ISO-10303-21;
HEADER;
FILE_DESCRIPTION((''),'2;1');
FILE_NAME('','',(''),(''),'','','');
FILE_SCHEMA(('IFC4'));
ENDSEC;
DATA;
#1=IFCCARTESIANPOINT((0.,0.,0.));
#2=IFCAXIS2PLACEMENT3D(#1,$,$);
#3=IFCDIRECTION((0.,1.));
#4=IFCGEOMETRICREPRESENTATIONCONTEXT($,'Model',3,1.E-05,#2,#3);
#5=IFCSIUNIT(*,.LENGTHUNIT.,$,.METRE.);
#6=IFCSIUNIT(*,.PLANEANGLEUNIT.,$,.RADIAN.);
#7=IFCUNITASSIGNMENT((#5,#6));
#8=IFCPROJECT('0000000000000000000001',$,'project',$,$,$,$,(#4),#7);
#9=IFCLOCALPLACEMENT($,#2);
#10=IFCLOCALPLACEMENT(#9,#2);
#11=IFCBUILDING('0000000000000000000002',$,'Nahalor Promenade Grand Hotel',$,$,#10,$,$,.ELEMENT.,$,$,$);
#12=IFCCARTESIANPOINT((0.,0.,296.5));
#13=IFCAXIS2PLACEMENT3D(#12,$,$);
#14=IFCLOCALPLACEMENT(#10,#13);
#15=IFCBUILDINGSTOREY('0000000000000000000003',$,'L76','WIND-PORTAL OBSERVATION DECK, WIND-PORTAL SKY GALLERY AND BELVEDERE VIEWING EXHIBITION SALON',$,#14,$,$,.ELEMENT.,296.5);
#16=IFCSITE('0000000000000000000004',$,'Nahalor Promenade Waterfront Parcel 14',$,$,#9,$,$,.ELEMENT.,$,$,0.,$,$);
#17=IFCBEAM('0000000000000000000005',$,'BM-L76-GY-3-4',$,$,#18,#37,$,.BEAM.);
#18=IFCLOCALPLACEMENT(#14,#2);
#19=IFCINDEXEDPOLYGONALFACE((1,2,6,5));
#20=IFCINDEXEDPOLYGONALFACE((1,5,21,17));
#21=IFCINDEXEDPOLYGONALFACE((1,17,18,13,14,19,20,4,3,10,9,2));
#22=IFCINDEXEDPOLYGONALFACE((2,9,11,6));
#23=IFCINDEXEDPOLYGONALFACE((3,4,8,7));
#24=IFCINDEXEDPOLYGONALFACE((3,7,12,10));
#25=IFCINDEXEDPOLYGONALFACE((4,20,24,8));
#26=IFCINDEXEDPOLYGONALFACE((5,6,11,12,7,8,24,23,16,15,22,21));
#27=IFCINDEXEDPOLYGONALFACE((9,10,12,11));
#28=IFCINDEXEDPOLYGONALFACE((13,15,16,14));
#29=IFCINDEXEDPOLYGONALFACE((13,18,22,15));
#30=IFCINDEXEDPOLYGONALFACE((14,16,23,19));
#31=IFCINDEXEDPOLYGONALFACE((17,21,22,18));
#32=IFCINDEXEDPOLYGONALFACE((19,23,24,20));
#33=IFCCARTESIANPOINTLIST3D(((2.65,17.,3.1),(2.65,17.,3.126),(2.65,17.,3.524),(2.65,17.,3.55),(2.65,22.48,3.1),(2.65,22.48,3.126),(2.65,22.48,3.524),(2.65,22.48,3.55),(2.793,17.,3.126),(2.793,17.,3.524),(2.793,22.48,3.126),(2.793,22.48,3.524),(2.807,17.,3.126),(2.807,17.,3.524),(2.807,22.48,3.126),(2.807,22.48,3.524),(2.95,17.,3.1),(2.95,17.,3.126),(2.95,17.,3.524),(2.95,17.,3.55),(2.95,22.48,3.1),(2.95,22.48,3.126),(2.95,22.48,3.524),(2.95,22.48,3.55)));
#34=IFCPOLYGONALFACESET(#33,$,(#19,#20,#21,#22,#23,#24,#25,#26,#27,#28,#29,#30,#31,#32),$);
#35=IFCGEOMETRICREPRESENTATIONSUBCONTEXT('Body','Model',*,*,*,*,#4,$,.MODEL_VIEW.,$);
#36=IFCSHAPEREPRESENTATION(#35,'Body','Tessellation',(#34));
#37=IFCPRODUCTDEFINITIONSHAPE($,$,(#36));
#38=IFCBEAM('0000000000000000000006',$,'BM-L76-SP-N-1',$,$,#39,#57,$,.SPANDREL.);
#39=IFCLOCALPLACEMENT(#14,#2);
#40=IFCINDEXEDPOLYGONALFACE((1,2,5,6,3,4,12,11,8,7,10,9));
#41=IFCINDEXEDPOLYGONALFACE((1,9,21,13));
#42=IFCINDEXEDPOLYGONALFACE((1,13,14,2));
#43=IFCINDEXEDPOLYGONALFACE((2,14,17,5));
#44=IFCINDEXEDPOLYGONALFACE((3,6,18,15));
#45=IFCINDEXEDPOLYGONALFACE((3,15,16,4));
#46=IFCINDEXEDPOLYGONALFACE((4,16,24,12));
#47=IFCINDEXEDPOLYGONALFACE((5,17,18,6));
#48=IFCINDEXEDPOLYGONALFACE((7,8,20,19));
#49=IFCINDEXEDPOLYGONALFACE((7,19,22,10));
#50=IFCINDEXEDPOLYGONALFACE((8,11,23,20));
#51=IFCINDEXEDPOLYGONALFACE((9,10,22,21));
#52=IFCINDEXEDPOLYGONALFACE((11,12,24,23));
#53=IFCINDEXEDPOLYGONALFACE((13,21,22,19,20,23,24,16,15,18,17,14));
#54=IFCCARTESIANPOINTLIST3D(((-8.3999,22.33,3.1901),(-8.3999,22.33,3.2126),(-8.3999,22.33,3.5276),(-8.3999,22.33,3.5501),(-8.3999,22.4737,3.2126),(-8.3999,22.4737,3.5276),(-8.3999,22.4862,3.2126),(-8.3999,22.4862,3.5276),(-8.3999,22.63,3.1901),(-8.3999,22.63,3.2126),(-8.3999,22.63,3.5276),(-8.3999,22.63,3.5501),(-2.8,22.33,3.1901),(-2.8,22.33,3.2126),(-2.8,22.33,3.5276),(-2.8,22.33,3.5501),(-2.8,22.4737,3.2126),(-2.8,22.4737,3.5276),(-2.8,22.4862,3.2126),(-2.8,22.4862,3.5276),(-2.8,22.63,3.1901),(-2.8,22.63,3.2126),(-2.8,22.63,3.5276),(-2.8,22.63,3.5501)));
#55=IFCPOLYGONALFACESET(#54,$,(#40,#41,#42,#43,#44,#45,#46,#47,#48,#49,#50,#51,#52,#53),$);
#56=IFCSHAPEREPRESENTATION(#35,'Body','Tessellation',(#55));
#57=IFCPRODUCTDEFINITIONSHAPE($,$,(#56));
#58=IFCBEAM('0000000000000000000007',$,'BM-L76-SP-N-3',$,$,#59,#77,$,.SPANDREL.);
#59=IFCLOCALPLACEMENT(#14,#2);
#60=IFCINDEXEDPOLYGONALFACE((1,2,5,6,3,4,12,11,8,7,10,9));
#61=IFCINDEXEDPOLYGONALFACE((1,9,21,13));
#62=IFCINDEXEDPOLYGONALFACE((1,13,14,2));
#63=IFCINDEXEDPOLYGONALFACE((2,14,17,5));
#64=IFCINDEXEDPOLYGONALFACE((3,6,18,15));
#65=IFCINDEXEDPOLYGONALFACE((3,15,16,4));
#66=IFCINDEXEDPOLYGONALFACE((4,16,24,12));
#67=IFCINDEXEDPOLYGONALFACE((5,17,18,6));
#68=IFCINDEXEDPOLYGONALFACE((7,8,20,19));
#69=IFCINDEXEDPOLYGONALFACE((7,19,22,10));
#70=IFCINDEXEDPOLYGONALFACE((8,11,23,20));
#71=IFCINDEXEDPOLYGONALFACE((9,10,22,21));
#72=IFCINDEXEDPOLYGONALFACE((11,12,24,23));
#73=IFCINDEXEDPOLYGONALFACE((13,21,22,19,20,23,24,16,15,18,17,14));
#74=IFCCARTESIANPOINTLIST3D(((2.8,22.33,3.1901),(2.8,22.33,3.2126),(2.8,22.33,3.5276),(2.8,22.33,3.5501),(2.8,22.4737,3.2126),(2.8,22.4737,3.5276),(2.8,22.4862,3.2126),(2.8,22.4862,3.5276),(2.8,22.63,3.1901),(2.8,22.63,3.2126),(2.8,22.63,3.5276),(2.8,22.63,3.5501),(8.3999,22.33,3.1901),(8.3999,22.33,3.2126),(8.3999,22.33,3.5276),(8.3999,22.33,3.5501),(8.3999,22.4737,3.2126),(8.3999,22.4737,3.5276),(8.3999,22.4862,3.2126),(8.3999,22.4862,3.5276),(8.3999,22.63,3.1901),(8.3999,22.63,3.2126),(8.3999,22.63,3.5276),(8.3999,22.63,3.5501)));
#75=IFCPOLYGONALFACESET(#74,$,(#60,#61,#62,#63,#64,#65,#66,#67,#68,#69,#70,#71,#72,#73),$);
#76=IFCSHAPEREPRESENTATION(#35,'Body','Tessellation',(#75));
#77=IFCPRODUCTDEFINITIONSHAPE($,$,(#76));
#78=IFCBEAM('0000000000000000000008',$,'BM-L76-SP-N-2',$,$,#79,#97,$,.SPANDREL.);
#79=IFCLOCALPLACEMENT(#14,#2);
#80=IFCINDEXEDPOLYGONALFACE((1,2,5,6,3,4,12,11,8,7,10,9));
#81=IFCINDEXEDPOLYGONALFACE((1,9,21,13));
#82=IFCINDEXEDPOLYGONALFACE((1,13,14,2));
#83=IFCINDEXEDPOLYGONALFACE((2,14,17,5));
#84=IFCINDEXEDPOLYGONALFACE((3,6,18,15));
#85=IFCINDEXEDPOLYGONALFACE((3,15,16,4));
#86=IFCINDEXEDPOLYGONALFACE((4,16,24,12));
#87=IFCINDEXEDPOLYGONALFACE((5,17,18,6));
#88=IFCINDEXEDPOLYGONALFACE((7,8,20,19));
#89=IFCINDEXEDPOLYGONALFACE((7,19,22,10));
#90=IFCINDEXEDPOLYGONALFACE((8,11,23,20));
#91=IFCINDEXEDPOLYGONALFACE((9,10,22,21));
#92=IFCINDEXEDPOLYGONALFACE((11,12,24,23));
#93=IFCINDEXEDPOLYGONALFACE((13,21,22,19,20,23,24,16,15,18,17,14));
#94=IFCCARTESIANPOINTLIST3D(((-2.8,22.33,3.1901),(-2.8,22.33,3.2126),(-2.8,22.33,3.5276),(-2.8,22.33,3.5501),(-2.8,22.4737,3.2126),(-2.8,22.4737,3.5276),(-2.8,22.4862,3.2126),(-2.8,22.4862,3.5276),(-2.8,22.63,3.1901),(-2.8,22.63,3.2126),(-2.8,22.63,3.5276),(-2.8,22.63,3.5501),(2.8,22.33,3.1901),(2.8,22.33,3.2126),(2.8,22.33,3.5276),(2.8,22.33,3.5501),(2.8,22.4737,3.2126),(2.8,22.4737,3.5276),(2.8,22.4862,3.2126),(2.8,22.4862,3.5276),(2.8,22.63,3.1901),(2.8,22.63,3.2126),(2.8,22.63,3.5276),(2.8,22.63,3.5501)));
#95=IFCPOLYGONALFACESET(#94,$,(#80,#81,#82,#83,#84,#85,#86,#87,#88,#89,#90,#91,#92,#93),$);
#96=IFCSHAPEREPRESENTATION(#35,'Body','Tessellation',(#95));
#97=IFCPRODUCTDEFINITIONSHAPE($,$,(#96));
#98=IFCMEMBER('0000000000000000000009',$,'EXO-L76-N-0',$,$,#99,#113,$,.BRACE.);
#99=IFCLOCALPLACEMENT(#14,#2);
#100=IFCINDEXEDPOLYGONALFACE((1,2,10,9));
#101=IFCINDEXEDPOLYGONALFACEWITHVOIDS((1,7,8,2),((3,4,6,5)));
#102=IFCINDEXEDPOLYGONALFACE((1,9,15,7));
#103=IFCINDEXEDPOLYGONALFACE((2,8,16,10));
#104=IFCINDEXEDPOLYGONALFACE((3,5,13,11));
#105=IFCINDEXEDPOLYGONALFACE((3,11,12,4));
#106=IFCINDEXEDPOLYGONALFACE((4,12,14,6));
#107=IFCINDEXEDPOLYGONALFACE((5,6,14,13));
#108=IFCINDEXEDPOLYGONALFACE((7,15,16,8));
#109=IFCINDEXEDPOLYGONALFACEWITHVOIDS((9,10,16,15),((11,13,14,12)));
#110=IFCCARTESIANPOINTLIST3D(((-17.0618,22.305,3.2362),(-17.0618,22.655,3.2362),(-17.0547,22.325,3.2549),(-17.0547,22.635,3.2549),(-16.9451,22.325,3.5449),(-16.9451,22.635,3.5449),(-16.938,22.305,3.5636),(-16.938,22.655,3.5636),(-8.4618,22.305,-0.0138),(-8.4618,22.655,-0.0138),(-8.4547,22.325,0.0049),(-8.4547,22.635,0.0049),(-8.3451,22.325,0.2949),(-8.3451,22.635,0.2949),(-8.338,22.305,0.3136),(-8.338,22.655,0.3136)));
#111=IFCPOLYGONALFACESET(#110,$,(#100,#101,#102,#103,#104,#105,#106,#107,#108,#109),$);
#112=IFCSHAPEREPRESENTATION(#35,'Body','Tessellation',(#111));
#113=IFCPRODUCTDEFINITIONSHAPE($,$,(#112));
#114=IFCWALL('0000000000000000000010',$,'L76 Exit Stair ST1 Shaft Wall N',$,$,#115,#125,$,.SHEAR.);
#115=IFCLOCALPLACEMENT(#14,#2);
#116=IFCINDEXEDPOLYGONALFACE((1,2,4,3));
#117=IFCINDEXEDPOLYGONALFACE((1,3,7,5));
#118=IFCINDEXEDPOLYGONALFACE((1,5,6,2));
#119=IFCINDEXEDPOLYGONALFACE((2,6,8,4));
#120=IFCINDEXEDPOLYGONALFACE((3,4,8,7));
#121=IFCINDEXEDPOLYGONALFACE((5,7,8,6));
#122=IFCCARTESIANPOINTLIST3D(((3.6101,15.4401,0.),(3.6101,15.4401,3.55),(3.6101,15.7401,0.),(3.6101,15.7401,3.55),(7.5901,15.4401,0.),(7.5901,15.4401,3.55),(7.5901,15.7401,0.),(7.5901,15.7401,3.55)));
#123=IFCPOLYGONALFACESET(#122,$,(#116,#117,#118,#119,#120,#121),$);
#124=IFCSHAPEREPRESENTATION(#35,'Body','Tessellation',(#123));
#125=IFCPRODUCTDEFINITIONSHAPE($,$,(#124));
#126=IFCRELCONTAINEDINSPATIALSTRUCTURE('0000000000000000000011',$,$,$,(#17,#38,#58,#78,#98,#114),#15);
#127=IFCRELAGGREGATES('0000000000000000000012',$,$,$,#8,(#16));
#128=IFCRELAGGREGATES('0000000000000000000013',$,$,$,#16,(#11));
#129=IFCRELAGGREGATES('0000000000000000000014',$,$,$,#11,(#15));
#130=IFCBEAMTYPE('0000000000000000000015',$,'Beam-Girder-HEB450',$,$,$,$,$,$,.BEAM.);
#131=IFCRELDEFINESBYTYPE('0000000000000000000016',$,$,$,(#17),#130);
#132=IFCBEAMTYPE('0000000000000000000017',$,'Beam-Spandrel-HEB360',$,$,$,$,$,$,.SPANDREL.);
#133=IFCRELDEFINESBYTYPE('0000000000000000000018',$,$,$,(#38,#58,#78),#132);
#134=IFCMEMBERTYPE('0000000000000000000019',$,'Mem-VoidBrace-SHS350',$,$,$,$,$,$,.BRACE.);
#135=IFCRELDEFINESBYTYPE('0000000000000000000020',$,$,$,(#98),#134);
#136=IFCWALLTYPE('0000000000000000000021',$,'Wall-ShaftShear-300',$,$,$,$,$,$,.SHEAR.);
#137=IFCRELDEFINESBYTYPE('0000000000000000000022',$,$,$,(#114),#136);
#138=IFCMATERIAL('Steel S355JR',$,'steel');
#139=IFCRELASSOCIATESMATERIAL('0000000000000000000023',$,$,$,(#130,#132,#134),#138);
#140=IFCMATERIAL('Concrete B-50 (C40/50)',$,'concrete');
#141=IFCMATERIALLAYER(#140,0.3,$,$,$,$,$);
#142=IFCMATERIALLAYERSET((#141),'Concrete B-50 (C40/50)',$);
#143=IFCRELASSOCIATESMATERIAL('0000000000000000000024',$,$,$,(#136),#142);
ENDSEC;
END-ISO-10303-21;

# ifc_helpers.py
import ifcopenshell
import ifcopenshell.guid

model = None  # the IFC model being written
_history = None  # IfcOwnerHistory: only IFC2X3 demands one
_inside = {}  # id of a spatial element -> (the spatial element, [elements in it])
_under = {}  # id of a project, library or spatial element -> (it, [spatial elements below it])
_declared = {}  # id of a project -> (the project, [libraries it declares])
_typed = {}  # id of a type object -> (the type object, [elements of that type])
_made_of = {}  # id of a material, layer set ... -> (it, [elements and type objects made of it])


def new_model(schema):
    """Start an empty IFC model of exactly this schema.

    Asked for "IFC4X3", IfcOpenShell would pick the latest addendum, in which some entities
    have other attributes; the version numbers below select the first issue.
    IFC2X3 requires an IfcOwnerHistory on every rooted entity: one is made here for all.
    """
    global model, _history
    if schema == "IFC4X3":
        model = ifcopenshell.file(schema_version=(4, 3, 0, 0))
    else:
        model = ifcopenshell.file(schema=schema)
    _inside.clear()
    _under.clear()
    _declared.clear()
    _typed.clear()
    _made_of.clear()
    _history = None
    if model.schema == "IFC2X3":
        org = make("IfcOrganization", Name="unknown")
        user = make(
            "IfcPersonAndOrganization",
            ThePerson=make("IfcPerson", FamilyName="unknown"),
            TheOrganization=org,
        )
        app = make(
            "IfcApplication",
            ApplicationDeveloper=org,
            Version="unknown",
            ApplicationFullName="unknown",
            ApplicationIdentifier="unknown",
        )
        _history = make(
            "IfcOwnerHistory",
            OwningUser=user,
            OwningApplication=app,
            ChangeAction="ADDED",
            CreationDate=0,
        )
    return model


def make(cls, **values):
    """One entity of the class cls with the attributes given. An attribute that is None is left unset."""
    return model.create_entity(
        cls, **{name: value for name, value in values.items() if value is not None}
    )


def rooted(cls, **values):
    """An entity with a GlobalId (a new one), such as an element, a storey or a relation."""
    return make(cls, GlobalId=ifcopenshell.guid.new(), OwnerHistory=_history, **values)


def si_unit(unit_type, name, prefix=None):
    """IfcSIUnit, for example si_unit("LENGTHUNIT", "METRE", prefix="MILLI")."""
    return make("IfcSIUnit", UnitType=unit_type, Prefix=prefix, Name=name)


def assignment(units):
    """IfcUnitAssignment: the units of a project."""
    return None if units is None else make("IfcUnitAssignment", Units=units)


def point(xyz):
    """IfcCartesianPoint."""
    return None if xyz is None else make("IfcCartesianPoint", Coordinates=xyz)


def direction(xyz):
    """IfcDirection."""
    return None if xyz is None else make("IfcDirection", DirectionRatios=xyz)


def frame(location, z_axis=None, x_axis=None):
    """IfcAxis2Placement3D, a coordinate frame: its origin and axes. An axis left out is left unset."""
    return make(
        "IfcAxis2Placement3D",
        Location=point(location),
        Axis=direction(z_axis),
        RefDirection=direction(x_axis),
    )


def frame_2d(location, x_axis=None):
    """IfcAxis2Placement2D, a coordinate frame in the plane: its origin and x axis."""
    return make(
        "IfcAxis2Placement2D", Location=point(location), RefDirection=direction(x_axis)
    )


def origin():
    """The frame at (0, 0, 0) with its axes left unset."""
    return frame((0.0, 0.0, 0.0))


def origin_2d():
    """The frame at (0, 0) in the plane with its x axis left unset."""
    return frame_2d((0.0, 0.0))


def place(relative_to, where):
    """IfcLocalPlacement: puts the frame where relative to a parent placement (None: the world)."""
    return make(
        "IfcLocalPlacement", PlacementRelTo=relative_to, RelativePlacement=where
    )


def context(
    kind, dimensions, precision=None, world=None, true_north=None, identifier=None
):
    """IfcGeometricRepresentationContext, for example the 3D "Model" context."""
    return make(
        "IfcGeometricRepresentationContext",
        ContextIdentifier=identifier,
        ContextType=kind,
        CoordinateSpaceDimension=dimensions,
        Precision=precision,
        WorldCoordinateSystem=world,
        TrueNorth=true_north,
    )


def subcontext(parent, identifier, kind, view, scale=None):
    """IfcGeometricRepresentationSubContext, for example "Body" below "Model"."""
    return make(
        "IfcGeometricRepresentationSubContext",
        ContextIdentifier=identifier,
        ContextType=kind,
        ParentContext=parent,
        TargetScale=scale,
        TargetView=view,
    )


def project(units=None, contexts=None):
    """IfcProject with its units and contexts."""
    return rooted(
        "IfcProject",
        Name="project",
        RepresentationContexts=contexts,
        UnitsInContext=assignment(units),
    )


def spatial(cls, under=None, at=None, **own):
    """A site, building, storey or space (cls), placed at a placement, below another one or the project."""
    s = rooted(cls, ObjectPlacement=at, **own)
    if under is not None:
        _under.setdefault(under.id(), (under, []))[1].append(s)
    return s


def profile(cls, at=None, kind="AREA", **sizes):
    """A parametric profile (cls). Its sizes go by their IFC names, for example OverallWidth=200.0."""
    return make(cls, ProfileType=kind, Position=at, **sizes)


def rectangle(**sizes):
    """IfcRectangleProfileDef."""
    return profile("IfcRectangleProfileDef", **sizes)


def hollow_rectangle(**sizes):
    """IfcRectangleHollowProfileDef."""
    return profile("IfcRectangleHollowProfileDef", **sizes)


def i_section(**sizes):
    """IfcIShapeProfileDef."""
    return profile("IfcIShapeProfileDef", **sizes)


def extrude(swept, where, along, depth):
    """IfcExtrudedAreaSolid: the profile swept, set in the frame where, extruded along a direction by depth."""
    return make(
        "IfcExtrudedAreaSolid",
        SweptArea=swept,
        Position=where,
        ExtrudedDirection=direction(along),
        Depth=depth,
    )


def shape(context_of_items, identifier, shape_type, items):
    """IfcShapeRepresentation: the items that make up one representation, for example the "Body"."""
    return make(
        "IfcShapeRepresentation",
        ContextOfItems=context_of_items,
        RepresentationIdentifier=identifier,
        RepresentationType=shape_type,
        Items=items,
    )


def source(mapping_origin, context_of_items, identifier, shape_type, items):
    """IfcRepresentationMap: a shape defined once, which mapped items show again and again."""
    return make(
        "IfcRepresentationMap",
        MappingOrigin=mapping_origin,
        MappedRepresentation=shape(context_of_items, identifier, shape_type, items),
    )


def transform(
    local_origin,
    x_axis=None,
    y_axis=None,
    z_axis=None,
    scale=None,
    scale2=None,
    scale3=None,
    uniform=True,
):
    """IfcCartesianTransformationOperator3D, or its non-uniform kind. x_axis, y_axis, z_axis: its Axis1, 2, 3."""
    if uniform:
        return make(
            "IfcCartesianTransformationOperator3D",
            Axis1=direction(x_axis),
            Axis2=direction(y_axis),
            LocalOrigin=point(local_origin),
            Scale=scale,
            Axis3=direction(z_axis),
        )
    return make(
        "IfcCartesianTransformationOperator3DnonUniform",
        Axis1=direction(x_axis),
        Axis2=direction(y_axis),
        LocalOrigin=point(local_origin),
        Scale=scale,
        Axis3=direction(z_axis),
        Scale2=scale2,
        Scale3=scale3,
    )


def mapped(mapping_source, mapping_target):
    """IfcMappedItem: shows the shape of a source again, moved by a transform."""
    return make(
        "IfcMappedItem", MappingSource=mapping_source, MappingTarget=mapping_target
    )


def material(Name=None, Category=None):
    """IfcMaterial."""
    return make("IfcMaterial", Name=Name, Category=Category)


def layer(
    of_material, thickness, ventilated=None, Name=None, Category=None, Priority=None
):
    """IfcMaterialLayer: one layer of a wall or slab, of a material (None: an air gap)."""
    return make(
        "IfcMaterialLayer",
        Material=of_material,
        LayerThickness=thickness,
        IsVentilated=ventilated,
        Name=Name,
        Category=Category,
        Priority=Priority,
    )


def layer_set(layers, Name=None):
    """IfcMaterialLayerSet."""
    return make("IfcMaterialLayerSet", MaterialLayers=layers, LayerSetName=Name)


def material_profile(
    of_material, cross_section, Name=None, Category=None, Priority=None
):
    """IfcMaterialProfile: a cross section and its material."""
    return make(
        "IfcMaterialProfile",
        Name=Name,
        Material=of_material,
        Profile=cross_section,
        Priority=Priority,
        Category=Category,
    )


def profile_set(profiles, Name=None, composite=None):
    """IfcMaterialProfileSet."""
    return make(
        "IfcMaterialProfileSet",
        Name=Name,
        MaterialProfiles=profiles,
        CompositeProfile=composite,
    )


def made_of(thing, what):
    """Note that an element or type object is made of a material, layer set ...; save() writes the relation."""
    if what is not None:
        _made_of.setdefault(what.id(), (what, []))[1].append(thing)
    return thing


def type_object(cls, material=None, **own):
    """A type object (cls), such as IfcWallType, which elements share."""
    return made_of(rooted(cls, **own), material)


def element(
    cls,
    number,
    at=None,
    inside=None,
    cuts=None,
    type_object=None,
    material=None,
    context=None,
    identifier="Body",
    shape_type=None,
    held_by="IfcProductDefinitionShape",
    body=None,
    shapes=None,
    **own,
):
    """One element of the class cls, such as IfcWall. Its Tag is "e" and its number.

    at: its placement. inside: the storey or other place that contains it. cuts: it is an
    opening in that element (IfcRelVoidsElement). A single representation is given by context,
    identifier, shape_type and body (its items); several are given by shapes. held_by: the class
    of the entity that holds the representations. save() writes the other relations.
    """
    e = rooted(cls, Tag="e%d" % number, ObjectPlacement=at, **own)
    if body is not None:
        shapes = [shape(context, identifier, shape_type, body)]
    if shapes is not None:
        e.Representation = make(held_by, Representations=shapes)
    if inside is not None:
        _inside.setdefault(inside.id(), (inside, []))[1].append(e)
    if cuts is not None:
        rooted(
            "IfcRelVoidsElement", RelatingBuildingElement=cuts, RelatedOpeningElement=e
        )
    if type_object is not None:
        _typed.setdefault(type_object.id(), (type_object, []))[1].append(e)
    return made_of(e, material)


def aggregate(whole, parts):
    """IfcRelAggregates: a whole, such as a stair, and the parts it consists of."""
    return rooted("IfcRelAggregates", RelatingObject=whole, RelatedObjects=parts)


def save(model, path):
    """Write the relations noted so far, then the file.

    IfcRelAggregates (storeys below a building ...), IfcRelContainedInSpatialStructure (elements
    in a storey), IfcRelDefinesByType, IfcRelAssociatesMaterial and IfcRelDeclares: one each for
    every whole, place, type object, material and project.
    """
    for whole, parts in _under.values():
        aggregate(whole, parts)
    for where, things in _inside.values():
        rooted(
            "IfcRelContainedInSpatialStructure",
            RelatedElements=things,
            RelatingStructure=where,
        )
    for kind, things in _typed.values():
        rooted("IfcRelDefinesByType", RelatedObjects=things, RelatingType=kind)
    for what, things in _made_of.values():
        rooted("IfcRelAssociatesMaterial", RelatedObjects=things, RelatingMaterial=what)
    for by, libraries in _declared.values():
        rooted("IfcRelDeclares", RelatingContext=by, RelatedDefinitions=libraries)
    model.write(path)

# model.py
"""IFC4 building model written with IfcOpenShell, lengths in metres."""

from ifc_helpers import new_model, si_unit, direction, frame, frame_2d, origin, origin_2d, place, context, subcontext, project, spatial, rectangle, hollow_rectangle, i_section, extrude, source, transform, mapped, material, layer, layer_set, material_profile, profile_set, type_object, element, save


model = new_model("IFC4")

# Units and contexts
model_context = context("Model", 3, precision=1e-05, world=origin(), true_north=direction((0.0, 1.0)))
body_context = subcontext(model_context, "Body", "Model", "MODEL_VIEW")
ifc_project = project(units=[si_unit("LENGTHUNIT", "METRE"), si_unit("PLANEANGLEUNIT", "RADIAN")], contexts=[model_context])

# Site, building, storey
site_placement = place(None, origin())
site = spatial("IfcSite", under=ifc_project, at=site_placement, Name="Nahalor Promenade Waterfront Parcel 14", CompositionType="ELEMENT", RefElevation=0.0)
building_placement = place(site_placement, origin())
building = spatial("IfcBuilding", under=site, at=building_placement, Name="Nahalor Promenade Grand Hotel", CompositionType="ELEMENT")
storey_placement = place(building_placement, frame((0.0, 0.0, 296.5)))
storey = spatial("IfcBuildingStorey", under=building, at=storey_placement, Name="L76", Description="WIND-PORTAL OBSERVATION DECK, WIND-PORTAL SKY GALLERY AND BELVEDERE VIEWING EXHIBITION SALON", CompositionType="ELEMENT", Elevation=296.5)

# Shared definitions
ifc_material_1 = material(Name="Concrete B-50 (C40/50)", Category="concrete")
ifc_material_2 = material(Name="Steel S355JR", Category="steel")

# Beams
ifc_material_profile_1 = material_profile(ifc_material_2, i_section(OverallWidth=0.3, OverallDepth=0.45, WebThickness=0.014, FlangeThickness=0.026, at=origin_2d()), Name="HEB 450")
ifc_profile_set_1 = profile_set([ifc_material_profile_1], Name="Steel S355JR")
beam_type_1 = type_object("IfcBeamType", Name="Beam-Girder-HEB450", PredefinedType="BEAM", material=ifc_profile_set_1)
shared_shape_1 = source(origin(), body_context, "Body", "SweptSolid", [
    extrude(i_section(OverallWidth=0.3, OverallDepth=0.45, WebThickness=0.014, FlangeThickness=0.026, at=origin_2d()), origin(), (0.0, 0.0, 1.0), 5.48),
])
for number, where, z_axis, x_axis, name in (
    (1, (2.8, 17.0, 3.325), (0.0, 1.0, 0.0), (-1.0, 0.0, 0.0), "BM-L76-GY-3-4"),
):
    element("IfcBeam", number, at=place(storey_placement, frame(where, z_axis=z_axis, x_axis=x_axis)), inside=storey, type_object=beam_type_1, Name=name, PredefinedType="BEAM", context=body_context, shape_type="MappedRepresentation", body=[
        mapped(shared_shape_1, transform((0.0, 0.0, 0.0), scale=1.0)),
    ])
ifc_material_profile_2 = material_profile(ifc_material_2, i_section(OverallWidth=0.3, OverallDepth=0.36, WebThickness=0.0125, FlangeThickness=0.0225, at=origin_2d()), Name="HEB 360")
ifc_profile_set_2 = profile_set([ifc_material_profile_2], Name="Steel S355JR")
beam_type_2 = type_object("IfcBeamType", Name="Beam-Spandrel-HEB360", PredefinedType="SPANDREL", material=ifc_profile_set_2)
shared_shape_2 = source(origin(), body_context, "Body", "SweptSolid", [
    extrude(i_section(OverallWidth=0.3, OverallDepth=0.36, WebThickness=0.0125, FlangeThickness=0.0225, at=origin_2d()), origin(), (0.0, 0.0, 1.0), 5.5999),
])
for number, where, z_axis, x_axis, name in (
    (2, (-8.3999, 22.48, 3.3701), (1.0, 0.0, 0.0), (0.0, 1.0, 0.0), "BM-L76-SP-N-1"),
    (3, (2.8, 22.48, 3.3701), (1.0, 0.0, 0.0), (0.0, 1.0, 0.0), "BM-L76-SP-N-3"),
):
    element("IfcBeam", number, at=place(storey_placement, frame(where, z_axis=z_axis, x_axis=x_axis)), inside=storey, type_object=beam_type_2, Name=name, PredefinedType="SPANDREL", context=body_context, shape_type="MappedRepresentation", body=[
        mapped(shared_shape_2, transform((0.0, 0.0, 0.0), scale=1.0)),
    ])
shared_shape_3 = source(origin(), body_context, "Body", "SweptSolid", [
    extrude(i_section(OverallWidth=0.3, OverallDepth=0.36, WebThickness=0.0125, FlangeThickness=0.0225, at=origin_2d()), origin(), (0.0, 0.0, 1.0), 5.6001),
])
beam_1_placement = place(storey_placement, frame((-2.8, 22.48, 3.3701), z_axis=(1.0, 0.0, 0.0), x_axis=(0.0, 1.0, 0.0)))
element("IfcBeam", 4, at=beam_1_placement, inside=storey, type_object=beam_type_2, Name="BM-L76-SP-N-2", PredefinedType="SPANDREL", context=body_context, shape_type="MappedRepresentation", body=[
    mapped(shared_shape_3, transform((0.0, 0.0, 0.0), scale=1.0)),
])

# Member
ifc_material_profile_3 = material_profile(ifc_material_2, hollow_rectangle(XDim=0.35, YDim=0.35, WallThickness=0.02, at=origin_2d()), Name="SHS 350x350x20")
ifc_profile_set_3 = profile_set([ifc_material_profile_3], Name="Steel S355JR")
member_type = type_object("IfcMemberType", Name="Mem-VoidBrace-SHS350", PredefinedType="BRACE", material=ifc_profile_set_3)
shared_shape_4 = source(origin(), body_context, "Body", "SweptSolid", [
    extrude(hollow_rectangle(XDim=0.35, YDim=0.35, WallThickness=0.02, at=origin_2d()), origin(), (0.0, 0.0, 1.0), 9.1936),
])
member_placement = place(storey_placement, frame((-8.3999, 22.48, 0.1499), z_axis=(-0.935433, 0.0, 0.353503), x_axis=(0.0, -1.0, 0.0)))
element("IfcMember", 5, at=member_placement, inside=storey, type_object=member_type, Name="EXO-L76-N-0", PredefinedType="BRACE", context=body_context, shape_type="MappedRepresentation", body=[
    mapped(shared_shape_4, transform((0.0, 0.0, 0.0), scale=1.0)),
])

# Wall
ifc_layer_1 = layer(ifc_material_1, 0.3)
ifc_layer_set_1 = layer_set([ifc_layer_1], Name="Concrete B-50 (C40/50)")
wall_type_1 = type_object("IfcWallType", Name="Wall-ShaftShear-300", PredefinedType="SHEAR", material=ifc_layer_set_1)
shared_shape_5 = source(origin(), body_context, "Body", "SweptSolid", [
    extrude(rectangle(XDim=3.98, YDim=0.3, at=frame_2d((1.99, 0.0))), origin(), (0.0, 0.0, 1.0), 3.55),
])
wall_1_placement = place(storey_placement, frame((3.6101, 15.5901, 0.0), z_axis=(0.0, 0.0, 1.0), x_axis=(1.0, 0.0, 0.0)))
element("IfcWall", 6, at=wall_1_placement, inside=storey, type_object=wall_type_1, Name="L76 Exit Stair ST1 Shaft Wall N", PredefinedType="SHEAR", context=body_context, shape_type="MappedRepresentation", body=[
    mapped(shared_shape_5, transform((0.0, 0.0, 0.0), scale=1.0)),
])

save(model, "model.ifc")
